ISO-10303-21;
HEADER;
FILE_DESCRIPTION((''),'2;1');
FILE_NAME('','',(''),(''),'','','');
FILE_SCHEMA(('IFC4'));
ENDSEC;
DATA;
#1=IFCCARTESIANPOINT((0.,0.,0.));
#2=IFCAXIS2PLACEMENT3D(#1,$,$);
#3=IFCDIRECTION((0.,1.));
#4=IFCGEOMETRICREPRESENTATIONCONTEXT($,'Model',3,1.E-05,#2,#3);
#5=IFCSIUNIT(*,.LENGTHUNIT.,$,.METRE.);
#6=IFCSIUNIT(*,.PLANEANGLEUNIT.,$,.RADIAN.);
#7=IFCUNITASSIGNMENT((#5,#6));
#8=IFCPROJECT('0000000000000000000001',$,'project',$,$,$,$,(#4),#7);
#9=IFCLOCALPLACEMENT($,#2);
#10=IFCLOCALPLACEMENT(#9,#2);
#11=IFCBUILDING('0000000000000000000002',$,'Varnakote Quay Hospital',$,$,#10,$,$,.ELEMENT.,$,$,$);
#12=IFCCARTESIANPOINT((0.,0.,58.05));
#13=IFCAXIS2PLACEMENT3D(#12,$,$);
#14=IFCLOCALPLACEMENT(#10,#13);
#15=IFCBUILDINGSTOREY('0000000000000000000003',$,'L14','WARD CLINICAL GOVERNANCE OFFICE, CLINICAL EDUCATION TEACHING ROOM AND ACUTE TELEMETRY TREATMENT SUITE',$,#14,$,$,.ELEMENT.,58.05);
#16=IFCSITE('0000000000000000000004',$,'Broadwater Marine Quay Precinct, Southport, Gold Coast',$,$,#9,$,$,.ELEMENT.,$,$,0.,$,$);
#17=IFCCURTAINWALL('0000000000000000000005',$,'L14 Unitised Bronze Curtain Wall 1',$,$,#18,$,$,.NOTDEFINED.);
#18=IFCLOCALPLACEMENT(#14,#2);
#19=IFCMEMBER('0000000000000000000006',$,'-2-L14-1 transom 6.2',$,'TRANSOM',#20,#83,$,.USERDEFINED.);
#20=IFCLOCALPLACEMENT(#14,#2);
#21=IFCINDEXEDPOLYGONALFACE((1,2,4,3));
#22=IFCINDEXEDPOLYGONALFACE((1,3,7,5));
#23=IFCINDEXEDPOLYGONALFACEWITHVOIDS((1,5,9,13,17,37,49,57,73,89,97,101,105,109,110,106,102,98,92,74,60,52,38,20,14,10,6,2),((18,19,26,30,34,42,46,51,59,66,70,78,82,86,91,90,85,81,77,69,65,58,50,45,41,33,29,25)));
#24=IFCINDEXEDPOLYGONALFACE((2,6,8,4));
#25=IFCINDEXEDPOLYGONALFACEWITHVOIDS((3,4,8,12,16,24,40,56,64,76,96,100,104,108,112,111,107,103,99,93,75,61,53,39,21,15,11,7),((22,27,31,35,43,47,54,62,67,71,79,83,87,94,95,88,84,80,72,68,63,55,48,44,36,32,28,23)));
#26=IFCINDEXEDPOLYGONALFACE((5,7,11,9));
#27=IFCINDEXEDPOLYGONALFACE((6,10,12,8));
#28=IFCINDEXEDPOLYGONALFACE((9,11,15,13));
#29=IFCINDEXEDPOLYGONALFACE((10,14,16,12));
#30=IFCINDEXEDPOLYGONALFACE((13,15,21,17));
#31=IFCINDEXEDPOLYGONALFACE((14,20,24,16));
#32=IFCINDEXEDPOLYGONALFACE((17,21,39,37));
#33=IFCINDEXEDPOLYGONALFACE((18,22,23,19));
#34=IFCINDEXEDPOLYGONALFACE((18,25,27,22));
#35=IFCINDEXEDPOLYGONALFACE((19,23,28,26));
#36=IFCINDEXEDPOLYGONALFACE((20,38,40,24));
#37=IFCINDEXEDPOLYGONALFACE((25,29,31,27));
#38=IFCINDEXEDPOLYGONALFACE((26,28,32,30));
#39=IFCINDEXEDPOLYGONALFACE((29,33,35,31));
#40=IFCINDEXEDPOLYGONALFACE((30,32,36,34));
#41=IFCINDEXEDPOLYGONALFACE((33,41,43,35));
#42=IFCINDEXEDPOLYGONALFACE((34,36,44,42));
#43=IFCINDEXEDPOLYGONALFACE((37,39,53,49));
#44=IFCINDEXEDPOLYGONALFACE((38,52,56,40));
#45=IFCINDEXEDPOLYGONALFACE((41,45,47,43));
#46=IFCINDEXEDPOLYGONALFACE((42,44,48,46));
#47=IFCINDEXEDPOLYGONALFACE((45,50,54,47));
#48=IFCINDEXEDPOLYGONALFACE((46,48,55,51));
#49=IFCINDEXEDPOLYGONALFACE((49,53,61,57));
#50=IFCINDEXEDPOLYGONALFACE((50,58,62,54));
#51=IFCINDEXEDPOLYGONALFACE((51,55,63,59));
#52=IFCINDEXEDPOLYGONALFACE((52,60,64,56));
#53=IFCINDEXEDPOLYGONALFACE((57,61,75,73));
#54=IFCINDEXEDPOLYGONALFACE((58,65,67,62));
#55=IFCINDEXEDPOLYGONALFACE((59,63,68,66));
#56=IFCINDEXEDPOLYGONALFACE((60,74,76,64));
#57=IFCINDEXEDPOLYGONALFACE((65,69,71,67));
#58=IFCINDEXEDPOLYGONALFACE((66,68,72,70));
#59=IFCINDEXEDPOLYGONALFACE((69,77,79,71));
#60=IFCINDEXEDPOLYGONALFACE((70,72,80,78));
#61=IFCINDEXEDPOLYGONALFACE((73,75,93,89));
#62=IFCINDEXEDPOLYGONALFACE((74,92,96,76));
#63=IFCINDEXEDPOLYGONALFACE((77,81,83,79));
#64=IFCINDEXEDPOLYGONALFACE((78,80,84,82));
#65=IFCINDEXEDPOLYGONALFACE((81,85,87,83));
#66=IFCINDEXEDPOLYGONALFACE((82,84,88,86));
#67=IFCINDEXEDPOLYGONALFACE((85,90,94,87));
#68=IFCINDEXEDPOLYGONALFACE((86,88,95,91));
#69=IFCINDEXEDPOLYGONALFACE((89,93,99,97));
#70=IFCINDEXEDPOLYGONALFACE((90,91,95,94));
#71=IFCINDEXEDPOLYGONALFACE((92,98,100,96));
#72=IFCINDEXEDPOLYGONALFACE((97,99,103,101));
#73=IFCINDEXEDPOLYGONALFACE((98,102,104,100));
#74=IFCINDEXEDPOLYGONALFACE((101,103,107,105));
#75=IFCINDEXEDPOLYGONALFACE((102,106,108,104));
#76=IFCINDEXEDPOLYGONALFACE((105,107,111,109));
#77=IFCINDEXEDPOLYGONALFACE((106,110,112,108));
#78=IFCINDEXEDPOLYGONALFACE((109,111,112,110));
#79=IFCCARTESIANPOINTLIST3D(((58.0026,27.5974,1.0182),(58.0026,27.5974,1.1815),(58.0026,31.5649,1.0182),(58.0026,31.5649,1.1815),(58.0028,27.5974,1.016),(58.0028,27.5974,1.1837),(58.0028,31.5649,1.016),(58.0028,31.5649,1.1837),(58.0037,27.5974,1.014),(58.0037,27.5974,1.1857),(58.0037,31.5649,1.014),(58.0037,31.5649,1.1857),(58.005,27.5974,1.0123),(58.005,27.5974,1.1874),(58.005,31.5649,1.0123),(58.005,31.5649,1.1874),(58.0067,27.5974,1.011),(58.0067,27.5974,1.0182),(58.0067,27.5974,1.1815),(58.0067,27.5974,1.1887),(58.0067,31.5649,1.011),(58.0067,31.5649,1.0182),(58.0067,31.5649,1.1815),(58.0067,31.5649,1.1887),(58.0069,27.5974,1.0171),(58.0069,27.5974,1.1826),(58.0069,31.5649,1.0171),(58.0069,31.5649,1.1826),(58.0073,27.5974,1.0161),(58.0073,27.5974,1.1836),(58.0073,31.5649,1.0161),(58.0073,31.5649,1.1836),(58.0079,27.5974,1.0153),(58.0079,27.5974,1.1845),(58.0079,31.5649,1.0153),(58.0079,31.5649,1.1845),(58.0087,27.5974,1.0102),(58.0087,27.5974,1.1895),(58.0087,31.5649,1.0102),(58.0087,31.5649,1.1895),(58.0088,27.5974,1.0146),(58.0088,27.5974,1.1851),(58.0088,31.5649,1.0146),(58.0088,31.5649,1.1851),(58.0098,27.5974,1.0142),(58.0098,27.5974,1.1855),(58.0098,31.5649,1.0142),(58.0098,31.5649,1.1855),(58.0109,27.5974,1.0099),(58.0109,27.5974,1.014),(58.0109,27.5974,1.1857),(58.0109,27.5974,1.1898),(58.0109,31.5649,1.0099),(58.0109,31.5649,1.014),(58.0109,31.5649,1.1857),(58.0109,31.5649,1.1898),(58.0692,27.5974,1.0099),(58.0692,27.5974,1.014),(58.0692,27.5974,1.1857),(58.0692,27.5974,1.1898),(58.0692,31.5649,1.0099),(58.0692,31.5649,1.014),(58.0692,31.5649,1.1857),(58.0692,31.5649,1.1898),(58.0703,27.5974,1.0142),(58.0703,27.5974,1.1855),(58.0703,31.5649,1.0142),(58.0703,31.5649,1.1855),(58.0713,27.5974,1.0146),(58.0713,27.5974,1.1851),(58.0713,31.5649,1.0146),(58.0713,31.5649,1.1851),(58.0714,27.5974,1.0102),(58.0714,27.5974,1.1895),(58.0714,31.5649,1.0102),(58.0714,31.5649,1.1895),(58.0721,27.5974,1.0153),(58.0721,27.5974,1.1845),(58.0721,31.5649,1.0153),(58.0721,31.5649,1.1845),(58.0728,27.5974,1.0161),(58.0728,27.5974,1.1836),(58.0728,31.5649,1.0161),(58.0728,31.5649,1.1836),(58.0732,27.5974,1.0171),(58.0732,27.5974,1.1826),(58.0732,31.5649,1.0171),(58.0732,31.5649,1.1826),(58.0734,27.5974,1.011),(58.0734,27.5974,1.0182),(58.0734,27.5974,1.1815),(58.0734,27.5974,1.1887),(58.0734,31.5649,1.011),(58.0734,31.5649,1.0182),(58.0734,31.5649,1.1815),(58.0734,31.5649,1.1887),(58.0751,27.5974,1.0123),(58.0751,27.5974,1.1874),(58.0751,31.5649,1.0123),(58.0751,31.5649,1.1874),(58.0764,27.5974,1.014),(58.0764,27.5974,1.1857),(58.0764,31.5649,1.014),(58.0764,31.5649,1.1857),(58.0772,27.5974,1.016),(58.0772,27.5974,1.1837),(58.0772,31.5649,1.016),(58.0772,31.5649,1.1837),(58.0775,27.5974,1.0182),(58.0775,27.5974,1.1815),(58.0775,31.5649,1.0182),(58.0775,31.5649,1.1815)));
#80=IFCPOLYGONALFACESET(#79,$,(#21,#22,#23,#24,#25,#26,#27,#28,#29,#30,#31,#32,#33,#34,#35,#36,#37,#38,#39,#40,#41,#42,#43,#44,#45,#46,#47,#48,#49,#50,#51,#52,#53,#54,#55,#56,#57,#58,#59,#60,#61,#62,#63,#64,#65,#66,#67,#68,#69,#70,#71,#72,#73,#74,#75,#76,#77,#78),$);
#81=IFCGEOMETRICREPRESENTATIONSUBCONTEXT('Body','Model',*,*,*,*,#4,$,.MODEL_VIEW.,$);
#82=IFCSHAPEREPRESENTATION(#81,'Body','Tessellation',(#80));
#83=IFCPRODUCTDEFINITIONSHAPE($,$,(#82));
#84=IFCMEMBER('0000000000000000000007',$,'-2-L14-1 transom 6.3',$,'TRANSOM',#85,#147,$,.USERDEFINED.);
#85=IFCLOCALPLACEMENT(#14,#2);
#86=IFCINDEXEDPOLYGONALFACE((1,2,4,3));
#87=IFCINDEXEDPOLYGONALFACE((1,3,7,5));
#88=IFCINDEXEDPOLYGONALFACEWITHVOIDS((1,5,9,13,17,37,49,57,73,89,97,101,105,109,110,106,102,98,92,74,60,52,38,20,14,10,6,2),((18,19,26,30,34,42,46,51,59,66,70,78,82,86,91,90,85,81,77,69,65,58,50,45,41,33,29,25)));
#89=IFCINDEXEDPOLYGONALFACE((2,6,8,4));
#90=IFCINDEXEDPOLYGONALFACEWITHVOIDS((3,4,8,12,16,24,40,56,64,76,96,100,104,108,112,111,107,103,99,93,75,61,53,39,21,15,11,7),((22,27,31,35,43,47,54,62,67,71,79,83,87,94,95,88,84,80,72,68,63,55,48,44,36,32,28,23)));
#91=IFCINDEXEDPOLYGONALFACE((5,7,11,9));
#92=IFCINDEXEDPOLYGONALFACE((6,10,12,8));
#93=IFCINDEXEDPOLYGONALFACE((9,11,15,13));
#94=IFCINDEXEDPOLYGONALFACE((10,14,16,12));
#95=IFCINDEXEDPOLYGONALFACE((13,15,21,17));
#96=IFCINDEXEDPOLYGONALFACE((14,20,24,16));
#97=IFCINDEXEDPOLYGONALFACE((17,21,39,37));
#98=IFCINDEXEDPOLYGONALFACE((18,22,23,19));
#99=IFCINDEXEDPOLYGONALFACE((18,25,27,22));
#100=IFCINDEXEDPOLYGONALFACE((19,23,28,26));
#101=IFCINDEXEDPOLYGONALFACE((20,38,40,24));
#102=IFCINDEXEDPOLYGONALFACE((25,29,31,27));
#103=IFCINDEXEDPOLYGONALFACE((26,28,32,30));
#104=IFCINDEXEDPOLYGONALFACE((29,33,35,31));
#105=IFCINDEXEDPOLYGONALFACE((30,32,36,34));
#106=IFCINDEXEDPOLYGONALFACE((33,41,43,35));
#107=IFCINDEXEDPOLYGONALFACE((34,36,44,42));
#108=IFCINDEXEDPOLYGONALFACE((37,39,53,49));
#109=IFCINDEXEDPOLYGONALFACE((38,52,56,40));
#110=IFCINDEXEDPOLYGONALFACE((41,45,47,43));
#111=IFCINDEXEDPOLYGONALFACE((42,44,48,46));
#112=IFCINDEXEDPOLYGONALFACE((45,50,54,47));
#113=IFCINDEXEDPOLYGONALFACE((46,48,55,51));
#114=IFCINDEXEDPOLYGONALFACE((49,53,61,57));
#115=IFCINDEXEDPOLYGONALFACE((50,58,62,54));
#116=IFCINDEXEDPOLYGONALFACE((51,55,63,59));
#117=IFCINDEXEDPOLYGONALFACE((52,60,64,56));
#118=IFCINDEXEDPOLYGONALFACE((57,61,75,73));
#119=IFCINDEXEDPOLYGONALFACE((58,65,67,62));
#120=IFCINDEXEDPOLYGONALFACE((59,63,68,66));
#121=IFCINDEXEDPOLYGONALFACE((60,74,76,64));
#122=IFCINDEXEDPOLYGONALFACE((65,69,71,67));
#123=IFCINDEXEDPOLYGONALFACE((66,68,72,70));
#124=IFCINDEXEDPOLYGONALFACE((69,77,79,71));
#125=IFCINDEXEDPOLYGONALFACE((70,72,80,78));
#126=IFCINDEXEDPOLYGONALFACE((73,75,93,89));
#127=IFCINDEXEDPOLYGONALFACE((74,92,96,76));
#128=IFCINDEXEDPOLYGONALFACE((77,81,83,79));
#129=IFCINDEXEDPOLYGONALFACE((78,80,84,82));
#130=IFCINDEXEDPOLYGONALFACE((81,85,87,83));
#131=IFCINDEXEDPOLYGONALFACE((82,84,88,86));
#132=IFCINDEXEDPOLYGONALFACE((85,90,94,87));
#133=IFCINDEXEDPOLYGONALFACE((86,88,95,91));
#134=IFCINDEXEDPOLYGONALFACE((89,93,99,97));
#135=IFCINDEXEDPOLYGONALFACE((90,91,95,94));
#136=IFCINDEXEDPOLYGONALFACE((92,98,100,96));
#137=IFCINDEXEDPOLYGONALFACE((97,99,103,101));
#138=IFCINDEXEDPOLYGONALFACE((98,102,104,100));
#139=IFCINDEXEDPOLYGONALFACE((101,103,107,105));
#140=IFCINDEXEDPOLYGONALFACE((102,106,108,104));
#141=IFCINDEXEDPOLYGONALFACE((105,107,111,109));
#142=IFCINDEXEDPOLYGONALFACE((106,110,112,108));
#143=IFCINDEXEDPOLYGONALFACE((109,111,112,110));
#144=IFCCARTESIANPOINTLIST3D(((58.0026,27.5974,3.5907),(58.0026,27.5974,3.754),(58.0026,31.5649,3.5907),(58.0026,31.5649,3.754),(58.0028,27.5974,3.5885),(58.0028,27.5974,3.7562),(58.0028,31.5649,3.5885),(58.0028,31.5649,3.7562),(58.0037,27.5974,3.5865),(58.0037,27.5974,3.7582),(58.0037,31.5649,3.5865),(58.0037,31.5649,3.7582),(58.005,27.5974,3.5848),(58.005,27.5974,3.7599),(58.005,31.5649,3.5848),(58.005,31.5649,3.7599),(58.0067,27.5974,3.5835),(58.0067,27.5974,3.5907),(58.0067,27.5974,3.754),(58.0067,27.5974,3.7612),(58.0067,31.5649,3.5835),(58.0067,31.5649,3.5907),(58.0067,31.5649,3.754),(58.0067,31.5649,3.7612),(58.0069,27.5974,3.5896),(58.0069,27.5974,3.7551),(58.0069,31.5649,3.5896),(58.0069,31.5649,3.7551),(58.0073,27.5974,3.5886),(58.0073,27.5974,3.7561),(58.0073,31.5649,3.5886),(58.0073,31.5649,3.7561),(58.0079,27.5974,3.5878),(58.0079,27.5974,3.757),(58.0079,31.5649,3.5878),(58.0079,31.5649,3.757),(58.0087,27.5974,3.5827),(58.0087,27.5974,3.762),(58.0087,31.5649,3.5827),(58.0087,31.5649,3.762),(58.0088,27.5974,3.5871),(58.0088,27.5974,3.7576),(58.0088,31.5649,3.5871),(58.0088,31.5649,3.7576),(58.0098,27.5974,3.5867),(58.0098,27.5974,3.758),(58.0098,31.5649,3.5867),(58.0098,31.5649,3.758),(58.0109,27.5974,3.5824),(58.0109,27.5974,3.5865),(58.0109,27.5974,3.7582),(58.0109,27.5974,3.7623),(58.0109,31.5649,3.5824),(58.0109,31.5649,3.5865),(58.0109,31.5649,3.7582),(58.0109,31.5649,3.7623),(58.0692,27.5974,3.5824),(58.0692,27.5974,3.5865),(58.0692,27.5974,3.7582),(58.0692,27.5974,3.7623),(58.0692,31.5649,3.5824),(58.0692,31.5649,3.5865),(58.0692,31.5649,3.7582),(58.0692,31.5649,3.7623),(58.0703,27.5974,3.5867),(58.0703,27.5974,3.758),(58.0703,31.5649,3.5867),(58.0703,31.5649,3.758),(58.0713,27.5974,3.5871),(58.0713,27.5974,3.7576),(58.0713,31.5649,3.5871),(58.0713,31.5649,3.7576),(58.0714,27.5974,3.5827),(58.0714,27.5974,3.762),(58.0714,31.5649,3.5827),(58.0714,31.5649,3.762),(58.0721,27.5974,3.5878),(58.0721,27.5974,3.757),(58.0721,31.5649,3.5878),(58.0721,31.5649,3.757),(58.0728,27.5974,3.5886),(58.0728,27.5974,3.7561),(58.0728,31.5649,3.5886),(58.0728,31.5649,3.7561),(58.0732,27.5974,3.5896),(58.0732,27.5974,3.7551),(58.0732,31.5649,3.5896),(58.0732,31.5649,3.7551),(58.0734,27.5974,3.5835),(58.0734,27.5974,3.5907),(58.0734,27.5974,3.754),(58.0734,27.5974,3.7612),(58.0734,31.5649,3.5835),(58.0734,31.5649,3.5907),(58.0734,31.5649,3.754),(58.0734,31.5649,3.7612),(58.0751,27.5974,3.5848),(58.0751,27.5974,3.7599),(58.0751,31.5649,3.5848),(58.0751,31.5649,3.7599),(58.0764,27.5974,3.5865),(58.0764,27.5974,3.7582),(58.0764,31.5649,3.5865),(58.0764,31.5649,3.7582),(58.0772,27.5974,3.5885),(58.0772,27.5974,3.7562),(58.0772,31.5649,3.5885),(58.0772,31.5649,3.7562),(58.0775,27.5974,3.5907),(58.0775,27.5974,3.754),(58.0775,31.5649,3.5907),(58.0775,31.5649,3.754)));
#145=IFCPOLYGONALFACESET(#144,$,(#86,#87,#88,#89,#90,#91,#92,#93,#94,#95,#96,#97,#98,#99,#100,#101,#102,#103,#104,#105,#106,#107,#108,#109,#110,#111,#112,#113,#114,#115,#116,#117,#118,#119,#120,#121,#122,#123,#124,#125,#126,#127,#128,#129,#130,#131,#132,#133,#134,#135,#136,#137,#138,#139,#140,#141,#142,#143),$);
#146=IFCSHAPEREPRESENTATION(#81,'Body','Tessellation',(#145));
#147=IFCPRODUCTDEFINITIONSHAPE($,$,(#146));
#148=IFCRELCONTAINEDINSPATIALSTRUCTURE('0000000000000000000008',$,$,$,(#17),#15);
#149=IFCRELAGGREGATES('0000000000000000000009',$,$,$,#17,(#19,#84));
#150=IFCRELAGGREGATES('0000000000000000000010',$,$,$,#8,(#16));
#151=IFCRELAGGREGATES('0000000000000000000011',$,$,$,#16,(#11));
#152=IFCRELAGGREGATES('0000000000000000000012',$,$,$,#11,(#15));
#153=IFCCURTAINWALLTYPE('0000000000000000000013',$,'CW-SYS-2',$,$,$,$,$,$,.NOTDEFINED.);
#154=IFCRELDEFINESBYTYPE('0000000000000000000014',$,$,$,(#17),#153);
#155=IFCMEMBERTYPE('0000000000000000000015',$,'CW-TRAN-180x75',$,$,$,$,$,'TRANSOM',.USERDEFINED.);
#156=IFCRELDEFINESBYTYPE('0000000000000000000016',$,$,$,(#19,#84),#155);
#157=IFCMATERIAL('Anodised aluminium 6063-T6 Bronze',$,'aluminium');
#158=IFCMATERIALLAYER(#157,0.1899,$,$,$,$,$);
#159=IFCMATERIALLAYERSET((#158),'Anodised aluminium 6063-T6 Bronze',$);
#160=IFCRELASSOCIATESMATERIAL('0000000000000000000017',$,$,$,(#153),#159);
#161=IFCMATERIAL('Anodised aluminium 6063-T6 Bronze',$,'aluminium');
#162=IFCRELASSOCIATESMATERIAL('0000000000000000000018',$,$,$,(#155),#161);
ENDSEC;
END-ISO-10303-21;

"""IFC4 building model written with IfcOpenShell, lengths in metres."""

from ifc_helpers import new_model, si_unit, direction, frame, origin, origin_2d, place, context, subcontext, project, spatial, hollow_rectangle, extrude, material, layer, layer_set, material_profile, profile_set, type_object, element, aggregate, save


model = new_model("IFC4")

# Units and contexts
model_context = context("Model", 3, precision=1e-05, world=origin(), true_north=direction((0.0, 1.0)))
body_context = subcontext(model_context, "Body", "Model", "MODEL_VIEW")
ifc_project = project(units=[si_unit("LENGTHUNIT", "METRE"), si_unit("PLANEANGLEUNIT", "RADIAN")], contexts=[model_context])

# Site, building, storey
site_placement = place(None, origin())
site = spatial("IfcSite", under=ifc_project, at=site_placement, Name="Broadwater Marine Quay Precinct, Southport, Gold Coast", CompositionType="ELEMENT", RefElevation=0.0)
building_placement = place(site_placement, origin())
building = spatial("IfcBuilding", under=site, at=building_placement, Name="Varnakote Quay Hospital", CompositionType="ELEMENT")
storey_placement = place(building_placement, frame((0.0, 0.0, 58.05)))
storey = spatial("IfcBuildingStorey", under=building, at=storey_placement, Name="L14", Description="WARD CLINICAL GOVERNANCE OFFICE, CLINICAL EDUCATION TEACHING ROOM AND ACUTE TELEMETRY TREATMENT SUITE", CompositionType="ELEMENT", Elevation=58.05)

# Curtain wall
ifc_material_1 = material(Name="Anodised aluminium 6063-T6 Bronze", Category="aluminium")
ifc_layer_1 = layer(ifc_material_1, 0.1899)
ifc_layer_set_1 = layer_set([ifc_layer_1], Name="Anodised aluminium 6063-T6 Bronze")
curtain_wall_type = type_object("IfcCurtainWallType", Name="CW-SYS-2", PredefinedType="NOTDEFINED", material=ifc_layer_set_1)
curtain_wall_1_placement = place(storey_placement, origin())
curtain_wall_1 = element("IfcCurtainWall", 1, at=curtain_wall_1_placement, inside=storey, type_object=curtain_wall_type, Name="L14 Unitised Bronze Curtain Wall 1", PredefinedType="NOTDEFINED")

# Members
ifc_material_2 = material(Name="Anodised aluminium 6063-T6 Bronze", Category="aluminium")
ifc_material_profile_1 = material_profile(ifc_material_2, hollow_rectangle(XDim=0.075, YDim=0.1799, WallThickness=0.0042, InnerFilletRadius=0.0042, OuterFilletRadius=0.0083, at=origin_2d()), Name="CW-TRAN-180x75")
ifc_profile_set_1 = profile_set([ifc_material_profile_1], Name="Anodised aluminium 6063-T6 Bronze")
member_type_1 = type_object("IfcMemberType", Name="CW-TRAN-180x75", ElementType="TRANSOM", PredefinedType="USERDEFINED", material=ifc_profile_set_1)
member_1_placement = place(storey_placement, frame((58.04, 27.5974, 1.0999), z_axis=(0.0, 1.0, 0.0), x_axis=(-1.0, 0.0, 0.0)))
member_1 = element("IfcMember", 2, at=member_1_placement, type_object=member_type_1, Name="-2-L14-1 transom 6.2", ObjectType="TRANSOM", PredefinedType="USERDEFINED", context=body_context, shape_type="SweptSolid", body=[
    extrude(hollow_rectangle(XDim=0.075, YDim=0.1799, WallThickness=0.0042, InnerFilletRadius=0.0042, OuterFilletRadius=0.0083, at=origin_2d()), origin(), (0.0, 0.0, 1.0), 3.9675),
])
member_2_placement = place(storey_placement, frame((58.04, 27.5974, 3.6724), z_axis=(0.0, 1.0, 0.0), x_axis=(-1.0, 0.0, 0.0)))
member_2 = element("IfcMember", 3, at=member_2_placement, type_object=member_type_1, Name="-2-L14-1 transom 6.3", ObjectType="TRANSOM", PredefinedType="USERDEFINED", context=body_context, shape_type="SweptSolid", body=[
    extrude(hollow_rectangle(XDim=0.075, YDim=0.1799, WallThickness=0.0042, InnerFilletRadius=0.0042, OuterFilletRadius=0.0083, at=origin_2d()), origin(), (0.0, 0.0, 1.0), 3.9675),
])

aggregate(curtain_wall_1, [member_1, member_2])

save(model, "model.ifc")
